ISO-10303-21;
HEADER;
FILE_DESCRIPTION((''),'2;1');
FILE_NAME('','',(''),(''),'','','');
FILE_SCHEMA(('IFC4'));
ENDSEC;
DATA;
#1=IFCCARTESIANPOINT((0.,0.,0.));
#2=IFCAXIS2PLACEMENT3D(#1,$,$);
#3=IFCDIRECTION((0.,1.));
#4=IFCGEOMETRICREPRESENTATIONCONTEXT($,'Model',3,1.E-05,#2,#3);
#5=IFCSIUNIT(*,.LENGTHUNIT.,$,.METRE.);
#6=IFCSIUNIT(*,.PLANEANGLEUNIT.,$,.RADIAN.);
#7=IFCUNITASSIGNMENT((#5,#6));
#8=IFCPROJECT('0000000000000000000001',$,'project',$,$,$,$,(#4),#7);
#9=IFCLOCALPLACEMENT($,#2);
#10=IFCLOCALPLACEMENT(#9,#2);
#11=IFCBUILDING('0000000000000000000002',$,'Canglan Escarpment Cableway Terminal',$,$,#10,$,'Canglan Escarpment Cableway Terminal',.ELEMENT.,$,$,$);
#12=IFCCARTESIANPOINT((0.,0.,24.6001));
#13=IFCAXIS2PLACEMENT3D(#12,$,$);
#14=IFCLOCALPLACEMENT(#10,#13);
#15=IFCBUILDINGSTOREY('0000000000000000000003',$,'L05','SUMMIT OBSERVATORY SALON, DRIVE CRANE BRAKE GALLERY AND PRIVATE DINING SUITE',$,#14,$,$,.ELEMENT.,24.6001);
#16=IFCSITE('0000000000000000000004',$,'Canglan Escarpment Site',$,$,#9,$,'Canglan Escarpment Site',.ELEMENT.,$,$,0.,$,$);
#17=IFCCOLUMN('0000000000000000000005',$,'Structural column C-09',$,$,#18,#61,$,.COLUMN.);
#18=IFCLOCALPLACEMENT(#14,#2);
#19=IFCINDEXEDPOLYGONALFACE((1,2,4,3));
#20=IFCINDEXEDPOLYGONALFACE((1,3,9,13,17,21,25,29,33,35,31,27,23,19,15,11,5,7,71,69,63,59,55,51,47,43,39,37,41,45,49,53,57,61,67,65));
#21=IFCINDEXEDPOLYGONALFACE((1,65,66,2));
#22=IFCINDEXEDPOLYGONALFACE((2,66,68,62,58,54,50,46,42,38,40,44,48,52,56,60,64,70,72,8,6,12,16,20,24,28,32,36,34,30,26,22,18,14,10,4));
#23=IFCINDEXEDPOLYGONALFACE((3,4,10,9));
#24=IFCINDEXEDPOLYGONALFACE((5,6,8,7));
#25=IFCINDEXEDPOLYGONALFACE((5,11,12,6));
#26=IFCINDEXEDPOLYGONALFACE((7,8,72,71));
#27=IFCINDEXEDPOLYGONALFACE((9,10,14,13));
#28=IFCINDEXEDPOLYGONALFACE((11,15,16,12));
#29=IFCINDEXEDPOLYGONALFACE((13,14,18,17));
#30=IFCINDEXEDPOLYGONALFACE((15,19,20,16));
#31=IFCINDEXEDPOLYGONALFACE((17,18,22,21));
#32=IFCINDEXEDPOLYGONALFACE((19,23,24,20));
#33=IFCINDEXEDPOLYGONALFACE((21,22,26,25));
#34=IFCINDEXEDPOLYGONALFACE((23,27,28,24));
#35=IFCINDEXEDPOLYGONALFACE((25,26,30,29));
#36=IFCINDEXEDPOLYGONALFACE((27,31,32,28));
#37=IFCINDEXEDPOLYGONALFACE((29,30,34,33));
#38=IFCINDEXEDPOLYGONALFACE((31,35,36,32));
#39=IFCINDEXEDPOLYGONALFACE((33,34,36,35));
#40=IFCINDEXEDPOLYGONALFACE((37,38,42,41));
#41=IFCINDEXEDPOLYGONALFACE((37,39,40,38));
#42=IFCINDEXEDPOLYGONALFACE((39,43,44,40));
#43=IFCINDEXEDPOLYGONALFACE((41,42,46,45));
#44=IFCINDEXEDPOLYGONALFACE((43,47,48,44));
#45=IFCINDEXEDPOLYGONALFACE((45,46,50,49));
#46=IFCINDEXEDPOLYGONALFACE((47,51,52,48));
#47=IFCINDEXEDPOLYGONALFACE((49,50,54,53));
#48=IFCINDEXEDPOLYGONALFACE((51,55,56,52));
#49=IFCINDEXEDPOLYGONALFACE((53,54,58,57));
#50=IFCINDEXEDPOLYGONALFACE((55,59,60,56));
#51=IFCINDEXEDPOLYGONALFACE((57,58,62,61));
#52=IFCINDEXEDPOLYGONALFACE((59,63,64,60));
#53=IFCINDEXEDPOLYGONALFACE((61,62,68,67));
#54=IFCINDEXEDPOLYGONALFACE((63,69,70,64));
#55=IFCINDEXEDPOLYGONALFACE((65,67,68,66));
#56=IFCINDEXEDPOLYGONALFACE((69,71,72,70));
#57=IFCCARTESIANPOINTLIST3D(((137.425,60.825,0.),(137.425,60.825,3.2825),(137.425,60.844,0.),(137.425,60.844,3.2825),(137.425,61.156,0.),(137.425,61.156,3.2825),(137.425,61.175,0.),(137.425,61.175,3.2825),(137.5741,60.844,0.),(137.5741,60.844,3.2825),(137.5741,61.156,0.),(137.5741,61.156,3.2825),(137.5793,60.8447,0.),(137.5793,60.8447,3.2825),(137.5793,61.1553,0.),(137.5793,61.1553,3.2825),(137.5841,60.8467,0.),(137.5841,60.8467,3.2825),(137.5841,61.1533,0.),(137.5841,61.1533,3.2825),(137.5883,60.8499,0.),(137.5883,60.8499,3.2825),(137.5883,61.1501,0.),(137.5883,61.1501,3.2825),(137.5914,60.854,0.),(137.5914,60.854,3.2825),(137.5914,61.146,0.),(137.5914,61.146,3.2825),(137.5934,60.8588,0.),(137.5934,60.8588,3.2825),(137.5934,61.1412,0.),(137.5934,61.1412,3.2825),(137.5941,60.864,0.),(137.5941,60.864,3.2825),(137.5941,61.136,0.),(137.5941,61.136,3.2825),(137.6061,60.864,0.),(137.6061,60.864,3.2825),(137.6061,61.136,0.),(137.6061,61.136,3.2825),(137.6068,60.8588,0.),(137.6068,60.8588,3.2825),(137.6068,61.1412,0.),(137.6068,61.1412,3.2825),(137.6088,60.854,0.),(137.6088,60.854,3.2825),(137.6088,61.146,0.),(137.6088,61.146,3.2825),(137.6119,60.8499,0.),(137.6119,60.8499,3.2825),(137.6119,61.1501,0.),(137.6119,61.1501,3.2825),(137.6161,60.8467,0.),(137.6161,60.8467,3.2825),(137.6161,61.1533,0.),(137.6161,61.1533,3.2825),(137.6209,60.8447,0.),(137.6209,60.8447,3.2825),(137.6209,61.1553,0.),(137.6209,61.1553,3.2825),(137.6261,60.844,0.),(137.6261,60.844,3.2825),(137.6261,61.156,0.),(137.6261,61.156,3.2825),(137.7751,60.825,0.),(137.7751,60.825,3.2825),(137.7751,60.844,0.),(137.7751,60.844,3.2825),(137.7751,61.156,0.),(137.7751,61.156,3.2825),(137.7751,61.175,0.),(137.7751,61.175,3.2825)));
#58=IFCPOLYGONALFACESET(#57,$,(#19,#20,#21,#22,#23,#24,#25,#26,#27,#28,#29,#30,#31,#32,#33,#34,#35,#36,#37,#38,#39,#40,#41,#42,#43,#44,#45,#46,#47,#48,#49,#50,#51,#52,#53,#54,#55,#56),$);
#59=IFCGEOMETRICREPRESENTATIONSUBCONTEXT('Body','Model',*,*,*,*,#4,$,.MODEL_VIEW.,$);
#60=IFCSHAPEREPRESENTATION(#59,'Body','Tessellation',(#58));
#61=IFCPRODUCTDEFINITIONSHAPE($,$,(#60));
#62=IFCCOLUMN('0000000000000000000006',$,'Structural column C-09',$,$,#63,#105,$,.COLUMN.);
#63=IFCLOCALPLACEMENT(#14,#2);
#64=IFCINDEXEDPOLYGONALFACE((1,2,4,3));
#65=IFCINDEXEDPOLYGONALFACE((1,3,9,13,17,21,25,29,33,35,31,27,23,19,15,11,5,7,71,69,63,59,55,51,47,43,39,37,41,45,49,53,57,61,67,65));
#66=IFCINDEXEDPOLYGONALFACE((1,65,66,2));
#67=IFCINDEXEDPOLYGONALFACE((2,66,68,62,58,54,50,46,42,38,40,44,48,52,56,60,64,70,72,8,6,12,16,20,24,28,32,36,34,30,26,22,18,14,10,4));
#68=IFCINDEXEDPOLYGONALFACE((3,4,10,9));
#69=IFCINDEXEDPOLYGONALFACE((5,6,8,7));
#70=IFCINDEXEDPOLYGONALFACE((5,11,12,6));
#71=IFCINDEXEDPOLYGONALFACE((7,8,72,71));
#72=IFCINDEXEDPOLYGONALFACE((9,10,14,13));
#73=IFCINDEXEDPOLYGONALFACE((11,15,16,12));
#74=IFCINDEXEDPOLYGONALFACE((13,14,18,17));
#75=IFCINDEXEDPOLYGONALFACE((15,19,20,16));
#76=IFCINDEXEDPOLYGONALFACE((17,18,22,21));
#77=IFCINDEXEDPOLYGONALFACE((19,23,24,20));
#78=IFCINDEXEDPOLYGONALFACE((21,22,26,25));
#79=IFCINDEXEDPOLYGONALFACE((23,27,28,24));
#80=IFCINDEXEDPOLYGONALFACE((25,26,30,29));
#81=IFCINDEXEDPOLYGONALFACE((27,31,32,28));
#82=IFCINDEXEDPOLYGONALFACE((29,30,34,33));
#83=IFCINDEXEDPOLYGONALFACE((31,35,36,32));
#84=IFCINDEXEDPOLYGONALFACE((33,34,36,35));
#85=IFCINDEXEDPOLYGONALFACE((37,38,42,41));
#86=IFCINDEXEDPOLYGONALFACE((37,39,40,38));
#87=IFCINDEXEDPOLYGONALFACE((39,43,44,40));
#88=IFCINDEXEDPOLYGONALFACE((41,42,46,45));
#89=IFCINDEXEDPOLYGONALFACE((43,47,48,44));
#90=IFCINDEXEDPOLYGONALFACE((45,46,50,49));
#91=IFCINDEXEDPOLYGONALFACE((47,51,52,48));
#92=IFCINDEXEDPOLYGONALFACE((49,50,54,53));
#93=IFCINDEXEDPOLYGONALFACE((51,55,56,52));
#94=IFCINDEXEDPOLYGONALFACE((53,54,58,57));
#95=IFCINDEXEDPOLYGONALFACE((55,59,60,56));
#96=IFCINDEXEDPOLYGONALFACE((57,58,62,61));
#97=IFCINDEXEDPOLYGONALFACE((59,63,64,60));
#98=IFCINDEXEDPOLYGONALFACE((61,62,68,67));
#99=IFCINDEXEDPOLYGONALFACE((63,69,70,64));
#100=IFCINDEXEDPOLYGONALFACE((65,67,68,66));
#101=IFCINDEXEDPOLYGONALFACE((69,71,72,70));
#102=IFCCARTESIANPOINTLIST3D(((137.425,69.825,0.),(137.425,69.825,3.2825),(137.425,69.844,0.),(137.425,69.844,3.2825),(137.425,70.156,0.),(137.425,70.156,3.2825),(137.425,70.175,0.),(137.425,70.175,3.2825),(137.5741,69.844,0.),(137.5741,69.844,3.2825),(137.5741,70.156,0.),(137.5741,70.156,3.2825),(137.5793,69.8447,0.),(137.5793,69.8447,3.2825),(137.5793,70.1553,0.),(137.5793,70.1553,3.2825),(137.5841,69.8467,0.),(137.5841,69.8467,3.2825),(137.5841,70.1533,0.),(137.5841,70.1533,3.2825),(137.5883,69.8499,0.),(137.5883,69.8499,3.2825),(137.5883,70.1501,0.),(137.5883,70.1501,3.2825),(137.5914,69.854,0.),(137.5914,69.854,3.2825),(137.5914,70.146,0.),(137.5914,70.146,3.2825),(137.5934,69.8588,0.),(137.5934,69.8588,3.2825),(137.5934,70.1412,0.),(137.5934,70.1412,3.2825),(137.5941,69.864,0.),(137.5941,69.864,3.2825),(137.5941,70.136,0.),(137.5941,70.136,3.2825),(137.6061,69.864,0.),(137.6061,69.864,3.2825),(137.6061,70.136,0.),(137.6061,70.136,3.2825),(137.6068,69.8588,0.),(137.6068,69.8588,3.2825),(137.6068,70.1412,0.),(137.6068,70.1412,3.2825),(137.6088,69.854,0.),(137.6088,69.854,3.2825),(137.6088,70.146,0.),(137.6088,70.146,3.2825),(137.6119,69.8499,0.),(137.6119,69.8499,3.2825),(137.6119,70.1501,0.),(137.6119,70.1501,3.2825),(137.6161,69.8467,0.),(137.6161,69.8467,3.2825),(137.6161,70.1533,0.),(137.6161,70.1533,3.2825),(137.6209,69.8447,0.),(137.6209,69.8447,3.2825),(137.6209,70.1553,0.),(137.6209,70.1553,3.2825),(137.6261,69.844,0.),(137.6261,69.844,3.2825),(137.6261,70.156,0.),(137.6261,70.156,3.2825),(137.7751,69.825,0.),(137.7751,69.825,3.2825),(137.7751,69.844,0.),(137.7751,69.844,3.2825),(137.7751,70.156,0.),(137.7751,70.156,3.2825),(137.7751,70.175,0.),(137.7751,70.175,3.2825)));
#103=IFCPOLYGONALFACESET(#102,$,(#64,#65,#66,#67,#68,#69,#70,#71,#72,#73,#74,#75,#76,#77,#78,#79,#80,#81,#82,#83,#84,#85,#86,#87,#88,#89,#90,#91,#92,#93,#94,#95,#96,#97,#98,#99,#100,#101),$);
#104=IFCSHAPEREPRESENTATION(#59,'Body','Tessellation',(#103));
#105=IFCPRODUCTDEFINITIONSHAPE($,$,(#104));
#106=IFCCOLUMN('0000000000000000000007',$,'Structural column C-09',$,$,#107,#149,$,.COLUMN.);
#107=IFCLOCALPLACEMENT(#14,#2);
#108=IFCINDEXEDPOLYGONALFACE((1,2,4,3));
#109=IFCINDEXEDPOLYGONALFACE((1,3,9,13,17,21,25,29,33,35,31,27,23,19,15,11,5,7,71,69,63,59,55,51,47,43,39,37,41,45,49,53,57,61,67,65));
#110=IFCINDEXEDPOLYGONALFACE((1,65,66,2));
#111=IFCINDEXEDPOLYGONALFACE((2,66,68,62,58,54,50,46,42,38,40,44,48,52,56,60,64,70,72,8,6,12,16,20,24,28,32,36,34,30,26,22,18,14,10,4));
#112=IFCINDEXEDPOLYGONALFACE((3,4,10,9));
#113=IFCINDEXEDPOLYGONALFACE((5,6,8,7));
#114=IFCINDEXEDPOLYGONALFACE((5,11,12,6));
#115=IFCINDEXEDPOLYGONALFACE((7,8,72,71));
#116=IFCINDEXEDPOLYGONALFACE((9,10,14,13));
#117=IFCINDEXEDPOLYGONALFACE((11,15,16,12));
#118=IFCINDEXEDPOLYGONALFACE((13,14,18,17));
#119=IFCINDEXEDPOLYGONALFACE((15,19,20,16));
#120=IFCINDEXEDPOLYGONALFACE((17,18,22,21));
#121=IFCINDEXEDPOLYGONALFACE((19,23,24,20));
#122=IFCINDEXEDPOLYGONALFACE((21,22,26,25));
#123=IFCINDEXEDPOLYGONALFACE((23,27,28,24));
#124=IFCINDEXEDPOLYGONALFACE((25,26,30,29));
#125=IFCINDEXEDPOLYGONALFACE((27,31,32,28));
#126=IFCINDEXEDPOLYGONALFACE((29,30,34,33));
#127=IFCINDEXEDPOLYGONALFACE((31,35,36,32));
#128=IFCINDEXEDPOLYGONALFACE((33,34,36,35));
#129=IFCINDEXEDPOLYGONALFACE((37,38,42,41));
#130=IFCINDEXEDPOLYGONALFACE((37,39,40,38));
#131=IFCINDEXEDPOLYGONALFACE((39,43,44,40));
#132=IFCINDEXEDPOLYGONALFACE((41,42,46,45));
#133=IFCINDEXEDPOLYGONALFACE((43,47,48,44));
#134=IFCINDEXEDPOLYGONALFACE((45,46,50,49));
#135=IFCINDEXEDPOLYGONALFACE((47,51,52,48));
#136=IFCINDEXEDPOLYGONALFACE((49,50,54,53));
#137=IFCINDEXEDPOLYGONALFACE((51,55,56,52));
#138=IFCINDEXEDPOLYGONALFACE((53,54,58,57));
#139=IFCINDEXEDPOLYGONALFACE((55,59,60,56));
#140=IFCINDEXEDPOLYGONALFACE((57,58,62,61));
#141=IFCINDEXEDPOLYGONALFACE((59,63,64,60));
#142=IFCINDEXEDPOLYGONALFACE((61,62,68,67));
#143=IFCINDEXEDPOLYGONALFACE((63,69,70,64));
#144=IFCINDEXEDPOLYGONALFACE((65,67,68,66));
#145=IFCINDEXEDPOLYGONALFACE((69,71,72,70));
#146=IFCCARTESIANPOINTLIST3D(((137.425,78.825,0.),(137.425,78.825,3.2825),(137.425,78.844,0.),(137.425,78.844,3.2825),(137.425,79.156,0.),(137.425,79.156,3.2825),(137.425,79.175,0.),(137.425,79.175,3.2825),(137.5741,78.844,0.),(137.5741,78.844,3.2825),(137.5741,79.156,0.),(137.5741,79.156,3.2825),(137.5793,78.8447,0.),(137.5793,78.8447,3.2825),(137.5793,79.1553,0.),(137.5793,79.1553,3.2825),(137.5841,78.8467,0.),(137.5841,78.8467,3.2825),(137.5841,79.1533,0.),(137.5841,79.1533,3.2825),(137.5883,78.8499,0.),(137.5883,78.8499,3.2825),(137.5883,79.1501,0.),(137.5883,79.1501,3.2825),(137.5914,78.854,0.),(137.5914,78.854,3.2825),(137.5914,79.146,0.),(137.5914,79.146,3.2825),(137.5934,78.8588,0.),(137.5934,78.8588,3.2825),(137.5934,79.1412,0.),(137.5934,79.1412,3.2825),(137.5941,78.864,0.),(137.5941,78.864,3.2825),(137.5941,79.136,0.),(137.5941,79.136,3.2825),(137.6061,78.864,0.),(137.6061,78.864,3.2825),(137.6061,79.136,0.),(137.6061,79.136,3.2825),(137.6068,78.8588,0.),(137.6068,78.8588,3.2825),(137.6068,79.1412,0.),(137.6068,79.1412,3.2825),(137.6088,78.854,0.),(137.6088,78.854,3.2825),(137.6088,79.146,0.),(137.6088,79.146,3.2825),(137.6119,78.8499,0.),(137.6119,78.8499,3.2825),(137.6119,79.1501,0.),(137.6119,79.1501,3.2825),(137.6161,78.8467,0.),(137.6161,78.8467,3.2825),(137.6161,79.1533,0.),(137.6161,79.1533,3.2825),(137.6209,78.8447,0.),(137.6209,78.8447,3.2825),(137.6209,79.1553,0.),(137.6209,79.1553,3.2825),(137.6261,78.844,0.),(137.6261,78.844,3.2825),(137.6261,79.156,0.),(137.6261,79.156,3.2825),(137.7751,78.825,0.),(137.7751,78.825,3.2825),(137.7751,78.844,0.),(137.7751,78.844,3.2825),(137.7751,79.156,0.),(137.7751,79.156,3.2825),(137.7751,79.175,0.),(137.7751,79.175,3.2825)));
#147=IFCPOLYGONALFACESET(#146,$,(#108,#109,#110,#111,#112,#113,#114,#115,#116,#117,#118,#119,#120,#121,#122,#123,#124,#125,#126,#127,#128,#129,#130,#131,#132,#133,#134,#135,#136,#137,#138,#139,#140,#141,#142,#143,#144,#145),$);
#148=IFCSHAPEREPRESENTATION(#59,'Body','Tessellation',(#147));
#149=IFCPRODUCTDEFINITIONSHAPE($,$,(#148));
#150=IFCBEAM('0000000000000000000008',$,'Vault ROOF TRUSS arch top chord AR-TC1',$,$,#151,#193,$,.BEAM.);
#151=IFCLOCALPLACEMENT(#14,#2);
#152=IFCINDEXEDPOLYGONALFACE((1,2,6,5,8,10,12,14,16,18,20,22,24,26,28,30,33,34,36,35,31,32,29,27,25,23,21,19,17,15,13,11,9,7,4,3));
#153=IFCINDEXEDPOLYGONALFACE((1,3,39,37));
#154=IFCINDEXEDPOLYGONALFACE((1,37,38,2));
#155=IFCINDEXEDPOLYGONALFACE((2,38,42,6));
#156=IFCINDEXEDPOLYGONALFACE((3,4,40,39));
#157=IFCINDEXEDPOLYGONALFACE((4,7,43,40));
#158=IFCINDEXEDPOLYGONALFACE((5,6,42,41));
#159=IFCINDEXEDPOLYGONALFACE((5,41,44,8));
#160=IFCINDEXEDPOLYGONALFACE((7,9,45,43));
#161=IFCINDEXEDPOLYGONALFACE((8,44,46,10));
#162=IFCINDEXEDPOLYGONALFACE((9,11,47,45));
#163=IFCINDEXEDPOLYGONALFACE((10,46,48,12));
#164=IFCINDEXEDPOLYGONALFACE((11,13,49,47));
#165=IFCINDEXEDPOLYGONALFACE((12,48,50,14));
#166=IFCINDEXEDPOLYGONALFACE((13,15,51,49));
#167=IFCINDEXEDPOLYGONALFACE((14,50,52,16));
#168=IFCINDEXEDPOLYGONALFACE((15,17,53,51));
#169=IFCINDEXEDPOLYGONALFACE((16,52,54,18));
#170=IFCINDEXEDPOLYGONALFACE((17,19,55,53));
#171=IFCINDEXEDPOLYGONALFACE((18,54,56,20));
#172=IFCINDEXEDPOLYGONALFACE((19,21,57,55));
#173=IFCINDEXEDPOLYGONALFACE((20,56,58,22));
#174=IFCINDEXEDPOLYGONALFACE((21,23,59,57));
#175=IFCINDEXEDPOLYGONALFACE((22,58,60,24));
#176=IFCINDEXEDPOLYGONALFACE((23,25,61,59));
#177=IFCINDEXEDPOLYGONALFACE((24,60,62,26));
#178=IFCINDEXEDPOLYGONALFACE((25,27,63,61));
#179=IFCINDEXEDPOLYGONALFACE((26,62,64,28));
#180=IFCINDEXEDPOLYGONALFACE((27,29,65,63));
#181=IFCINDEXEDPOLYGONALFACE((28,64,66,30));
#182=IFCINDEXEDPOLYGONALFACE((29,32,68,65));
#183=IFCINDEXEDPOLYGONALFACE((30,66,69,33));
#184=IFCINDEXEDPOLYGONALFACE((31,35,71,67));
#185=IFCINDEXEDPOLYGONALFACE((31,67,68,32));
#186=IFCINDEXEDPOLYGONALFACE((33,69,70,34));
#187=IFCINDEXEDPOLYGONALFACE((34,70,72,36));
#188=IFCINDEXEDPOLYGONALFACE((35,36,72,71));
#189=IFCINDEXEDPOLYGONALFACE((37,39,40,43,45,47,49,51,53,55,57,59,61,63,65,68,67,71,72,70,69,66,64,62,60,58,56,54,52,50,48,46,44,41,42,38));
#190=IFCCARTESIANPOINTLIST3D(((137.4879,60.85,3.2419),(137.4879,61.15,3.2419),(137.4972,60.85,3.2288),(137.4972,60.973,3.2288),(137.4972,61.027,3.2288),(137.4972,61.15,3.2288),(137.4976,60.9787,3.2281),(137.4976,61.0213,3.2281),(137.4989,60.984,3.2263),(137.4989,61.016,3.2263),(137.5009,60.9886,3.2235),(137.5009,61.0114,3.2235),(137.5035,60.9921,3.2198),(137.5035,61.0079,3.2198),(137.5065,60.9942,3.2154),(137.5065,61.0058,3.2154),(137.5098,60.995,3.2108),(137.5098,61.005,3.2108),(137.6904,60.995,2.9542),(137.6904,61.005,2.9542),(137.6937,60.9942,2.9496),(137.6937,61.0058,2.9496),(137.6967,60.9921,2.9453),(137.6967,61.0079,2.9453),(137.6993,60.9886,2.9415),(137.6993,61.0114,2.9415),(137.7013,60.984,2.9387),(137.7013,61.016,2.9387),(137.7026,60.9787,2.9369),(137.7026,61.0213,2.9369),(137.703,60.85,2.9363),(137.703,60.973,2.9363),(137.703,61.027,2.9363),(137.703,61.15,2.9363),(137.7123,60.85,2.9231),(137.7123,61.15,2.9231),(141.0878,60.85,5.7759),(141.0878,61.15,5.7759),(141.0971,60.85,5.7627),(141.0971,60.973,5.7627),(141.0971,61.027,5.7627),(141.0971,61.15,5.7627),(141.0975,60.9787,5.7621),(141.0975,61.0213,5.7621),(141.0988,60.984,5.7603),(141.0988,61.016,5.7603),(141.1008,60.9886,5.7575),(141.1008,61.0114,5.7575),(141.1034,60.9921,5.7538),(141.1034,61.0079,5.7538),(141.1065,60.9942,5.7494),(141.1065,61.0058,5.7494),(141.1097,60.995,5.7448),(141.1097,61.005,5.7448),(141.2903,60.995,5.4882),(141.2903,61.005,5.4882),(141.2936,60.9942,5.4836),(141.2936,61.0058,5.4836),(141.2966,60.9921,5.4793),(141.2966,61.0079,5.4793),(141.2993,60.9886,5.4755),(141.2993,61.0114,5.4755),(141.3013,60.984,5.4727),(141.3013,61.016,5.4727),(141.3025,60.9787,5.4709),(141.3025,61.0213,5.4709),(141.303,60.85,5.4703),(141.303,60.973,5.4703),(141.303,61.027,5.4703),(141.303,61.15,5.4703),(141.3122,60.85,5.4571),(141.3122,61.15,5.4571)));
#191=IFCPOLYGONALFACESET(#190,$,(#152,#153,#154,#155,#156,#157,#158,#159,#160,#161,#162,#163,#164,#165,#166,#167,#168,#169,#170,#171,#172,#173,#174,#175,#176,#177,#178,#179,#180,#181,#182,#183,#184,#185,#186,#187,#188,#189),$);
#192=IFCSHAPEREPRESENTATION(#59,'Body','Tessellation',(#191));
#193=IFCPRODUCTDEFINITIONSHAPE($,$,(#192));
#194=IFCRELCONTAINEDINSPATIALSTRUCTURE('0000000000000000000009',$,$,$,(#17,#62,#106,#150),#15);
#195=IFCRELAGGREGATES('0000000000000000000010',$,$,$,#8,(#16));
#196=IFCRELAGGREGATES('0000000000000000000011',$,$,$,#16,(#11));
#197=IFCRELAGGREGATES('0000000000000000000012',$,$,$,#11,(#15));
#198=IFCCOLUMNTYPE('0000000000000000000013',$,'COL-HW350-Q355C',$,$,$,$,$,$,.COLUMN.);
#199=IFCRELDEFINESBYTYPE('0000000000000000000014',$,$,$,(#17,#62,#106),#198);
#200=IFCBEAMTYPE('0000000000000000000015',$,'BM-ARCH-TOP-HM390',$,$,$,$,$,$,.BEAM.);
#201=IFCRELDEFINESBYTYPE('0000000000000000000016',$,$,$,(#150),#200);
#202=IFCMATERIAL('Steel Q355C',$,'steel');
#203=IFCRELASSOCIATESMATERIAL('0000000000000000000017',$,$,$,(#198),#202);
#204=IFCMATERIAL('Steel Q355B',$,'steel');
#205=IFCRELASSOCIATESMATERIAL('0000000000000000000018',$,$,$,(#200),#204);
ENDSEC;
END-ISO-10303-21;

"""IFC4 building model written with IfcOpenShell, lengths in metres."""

from ifc_helpers import new_model, si_unit, direction, frame, origin, origin_2d, place, context, subcontext, project, spatial, i_section, extrude, material, material_profile, profile_set, type_object, element, save


model = new_model("IFC4")

# Units and contexts
model_context = context("Model", 3, precision=1e-05, world=origin(), true_north=direction((0.0, 1.0)))
body_context = subcontext(model_context, "Body", "Model", "MODEL_VIEW")
ifc_project = project(units=[si_unit("LENGTHUNIT", "METRE"), si_unit("PLANEANGLEUNIT", "RADIAN")], contexts=[model_context])

# Site, building, storey
site_placement = place(None, origin())
site = spatial("IfcSite", under=ifc_project, at=site_placement, Name="Canglan Escarpment Site", LongName="Canglan Escarpment Site", CompositionType="ELEMENT", RefElevation=0.0)
building_placement = place(site_placement, origin())
building = spatial("IfcBuilding", under=site, at=building_placement, Name="Canglan Escarpment Cableway Terminal", LongName="Canglan Escarpment Cableway Terminal", CompositionType="ELEMENT")
storey_placement = place(building_placement, frame((0.0, 0.0, 24.6001)))
storey = spatial("IfcBuildingStorey", under=building, at=storey_placement, Name="L05", Description="SUMMIT OBSERVATORY SALON, DRIVE CRANE BRAKE GALLERY AND PRIVATE DINING SUITE", CompositionType="ELEMENT", Elevation=24.6001)

# Columns
ifc_material_1 = material(Name="Steel Q355C", Category="steel")
ifc_material_profile_1 = material_profile(ifc_material_1, i_section(OverallWidth=0.3501, OverallDepth=0.3501, WebThickness=0.012, FlangeThickness=0.019, FilletRadius=0.02, at=origin_2d()), Name="HW 350x350x12x19")
ifc_profile_set_1 = profile_set([ifc_material_profile_1], Name="Steel Q355C")
column_type = type_object("IfcColumnType", Name="COL-HW350-Q355C", PredefinedType="COLUMN", material=ifc_profile_set_1)
for number, where, z_axis, x_axis, name in (
    (1, (137.6001, 61.0, 0.0), (0.0, 0.0, 1.0), (1.0, 0.0, 0.0), "Structural column C-09"),
    (2, (137.6001, 70.0, 0.0), (0.0, 0.0, 1.0), (1.0, 0.0, 0.0), "Structural column C-09"),
    (3, (137.6001, 79.0, 0.0), (0.0, 0.0, 1.0), (1.0, 0.0, 0.0), "Structural column C-09"),
):
    element("IfcColumn", number, at=place(storey_placement, frame(where, z_axis=z_axis, x_axis=x_axis)), inside=storey, type_object=column_type, Name=name, PredefinedType="COLUMN", context=body_context, shape_type="SweptSolid", body=[
        extrude(i_section(OverallWidth=0.3501, OverallDepth=0.3501, WebThickness=0.012, FlangeThickness=0.019, FilletRadius=0.02, at=origin_2d()), origin(), (0.0, 0.0, 1.0), 3.2825),
    ])

# Beam
ifc_material_2 = material(Name="Steel Q355B", Category="steel")
ifc_material_profile_2 = material_profile(ifc_material_2, i_section(OverallWidth=0.3, OverallDepth=0.3899, WebThickness=0.01, FlangeThickness=0.0161, FilletRadius=0.022, at=origin_2d()), Name="HM 390x300x10x16")
ifc_profile_set_2 = profile_set([ifc_material_profile_2], Name="Steel Q355B")
beam_type_1 = type_object("IfcBeamType", Name="BM-ARCH-TOP-HM390", PredefinedType="BEAM", material=ifc_profile_set_2)
for number, where, z_axis, x_axis, name in (
    (4, (137.6001, 61.0, 3.0825), (0.817731, 0.0, 0.575601), (0.0, 1.0, 0.0), "Vault ROOF TRUSS arch top chord AR-TC1"),
):
    element("IfcBeam", number, at=place(storey_placement, frame(where, z_axis=z_axis, x_axis=x_axis)), inside=storey, type_object=beam_type_1, Name=name, PredefinedType="BEAM", context=body_context, shape_type="SweptSolid", body=[
        extrude(i_section(OverallWidth=0.3, OverallDepth=0.3899, WebThickness=0.01, FlangeThickness=0.0161, FilletRadius=0.022, at=origin_2d()), origin(), (0.0, 0.0, 1.0), 4.4023),
    ])

save(model, "model.ifc")
